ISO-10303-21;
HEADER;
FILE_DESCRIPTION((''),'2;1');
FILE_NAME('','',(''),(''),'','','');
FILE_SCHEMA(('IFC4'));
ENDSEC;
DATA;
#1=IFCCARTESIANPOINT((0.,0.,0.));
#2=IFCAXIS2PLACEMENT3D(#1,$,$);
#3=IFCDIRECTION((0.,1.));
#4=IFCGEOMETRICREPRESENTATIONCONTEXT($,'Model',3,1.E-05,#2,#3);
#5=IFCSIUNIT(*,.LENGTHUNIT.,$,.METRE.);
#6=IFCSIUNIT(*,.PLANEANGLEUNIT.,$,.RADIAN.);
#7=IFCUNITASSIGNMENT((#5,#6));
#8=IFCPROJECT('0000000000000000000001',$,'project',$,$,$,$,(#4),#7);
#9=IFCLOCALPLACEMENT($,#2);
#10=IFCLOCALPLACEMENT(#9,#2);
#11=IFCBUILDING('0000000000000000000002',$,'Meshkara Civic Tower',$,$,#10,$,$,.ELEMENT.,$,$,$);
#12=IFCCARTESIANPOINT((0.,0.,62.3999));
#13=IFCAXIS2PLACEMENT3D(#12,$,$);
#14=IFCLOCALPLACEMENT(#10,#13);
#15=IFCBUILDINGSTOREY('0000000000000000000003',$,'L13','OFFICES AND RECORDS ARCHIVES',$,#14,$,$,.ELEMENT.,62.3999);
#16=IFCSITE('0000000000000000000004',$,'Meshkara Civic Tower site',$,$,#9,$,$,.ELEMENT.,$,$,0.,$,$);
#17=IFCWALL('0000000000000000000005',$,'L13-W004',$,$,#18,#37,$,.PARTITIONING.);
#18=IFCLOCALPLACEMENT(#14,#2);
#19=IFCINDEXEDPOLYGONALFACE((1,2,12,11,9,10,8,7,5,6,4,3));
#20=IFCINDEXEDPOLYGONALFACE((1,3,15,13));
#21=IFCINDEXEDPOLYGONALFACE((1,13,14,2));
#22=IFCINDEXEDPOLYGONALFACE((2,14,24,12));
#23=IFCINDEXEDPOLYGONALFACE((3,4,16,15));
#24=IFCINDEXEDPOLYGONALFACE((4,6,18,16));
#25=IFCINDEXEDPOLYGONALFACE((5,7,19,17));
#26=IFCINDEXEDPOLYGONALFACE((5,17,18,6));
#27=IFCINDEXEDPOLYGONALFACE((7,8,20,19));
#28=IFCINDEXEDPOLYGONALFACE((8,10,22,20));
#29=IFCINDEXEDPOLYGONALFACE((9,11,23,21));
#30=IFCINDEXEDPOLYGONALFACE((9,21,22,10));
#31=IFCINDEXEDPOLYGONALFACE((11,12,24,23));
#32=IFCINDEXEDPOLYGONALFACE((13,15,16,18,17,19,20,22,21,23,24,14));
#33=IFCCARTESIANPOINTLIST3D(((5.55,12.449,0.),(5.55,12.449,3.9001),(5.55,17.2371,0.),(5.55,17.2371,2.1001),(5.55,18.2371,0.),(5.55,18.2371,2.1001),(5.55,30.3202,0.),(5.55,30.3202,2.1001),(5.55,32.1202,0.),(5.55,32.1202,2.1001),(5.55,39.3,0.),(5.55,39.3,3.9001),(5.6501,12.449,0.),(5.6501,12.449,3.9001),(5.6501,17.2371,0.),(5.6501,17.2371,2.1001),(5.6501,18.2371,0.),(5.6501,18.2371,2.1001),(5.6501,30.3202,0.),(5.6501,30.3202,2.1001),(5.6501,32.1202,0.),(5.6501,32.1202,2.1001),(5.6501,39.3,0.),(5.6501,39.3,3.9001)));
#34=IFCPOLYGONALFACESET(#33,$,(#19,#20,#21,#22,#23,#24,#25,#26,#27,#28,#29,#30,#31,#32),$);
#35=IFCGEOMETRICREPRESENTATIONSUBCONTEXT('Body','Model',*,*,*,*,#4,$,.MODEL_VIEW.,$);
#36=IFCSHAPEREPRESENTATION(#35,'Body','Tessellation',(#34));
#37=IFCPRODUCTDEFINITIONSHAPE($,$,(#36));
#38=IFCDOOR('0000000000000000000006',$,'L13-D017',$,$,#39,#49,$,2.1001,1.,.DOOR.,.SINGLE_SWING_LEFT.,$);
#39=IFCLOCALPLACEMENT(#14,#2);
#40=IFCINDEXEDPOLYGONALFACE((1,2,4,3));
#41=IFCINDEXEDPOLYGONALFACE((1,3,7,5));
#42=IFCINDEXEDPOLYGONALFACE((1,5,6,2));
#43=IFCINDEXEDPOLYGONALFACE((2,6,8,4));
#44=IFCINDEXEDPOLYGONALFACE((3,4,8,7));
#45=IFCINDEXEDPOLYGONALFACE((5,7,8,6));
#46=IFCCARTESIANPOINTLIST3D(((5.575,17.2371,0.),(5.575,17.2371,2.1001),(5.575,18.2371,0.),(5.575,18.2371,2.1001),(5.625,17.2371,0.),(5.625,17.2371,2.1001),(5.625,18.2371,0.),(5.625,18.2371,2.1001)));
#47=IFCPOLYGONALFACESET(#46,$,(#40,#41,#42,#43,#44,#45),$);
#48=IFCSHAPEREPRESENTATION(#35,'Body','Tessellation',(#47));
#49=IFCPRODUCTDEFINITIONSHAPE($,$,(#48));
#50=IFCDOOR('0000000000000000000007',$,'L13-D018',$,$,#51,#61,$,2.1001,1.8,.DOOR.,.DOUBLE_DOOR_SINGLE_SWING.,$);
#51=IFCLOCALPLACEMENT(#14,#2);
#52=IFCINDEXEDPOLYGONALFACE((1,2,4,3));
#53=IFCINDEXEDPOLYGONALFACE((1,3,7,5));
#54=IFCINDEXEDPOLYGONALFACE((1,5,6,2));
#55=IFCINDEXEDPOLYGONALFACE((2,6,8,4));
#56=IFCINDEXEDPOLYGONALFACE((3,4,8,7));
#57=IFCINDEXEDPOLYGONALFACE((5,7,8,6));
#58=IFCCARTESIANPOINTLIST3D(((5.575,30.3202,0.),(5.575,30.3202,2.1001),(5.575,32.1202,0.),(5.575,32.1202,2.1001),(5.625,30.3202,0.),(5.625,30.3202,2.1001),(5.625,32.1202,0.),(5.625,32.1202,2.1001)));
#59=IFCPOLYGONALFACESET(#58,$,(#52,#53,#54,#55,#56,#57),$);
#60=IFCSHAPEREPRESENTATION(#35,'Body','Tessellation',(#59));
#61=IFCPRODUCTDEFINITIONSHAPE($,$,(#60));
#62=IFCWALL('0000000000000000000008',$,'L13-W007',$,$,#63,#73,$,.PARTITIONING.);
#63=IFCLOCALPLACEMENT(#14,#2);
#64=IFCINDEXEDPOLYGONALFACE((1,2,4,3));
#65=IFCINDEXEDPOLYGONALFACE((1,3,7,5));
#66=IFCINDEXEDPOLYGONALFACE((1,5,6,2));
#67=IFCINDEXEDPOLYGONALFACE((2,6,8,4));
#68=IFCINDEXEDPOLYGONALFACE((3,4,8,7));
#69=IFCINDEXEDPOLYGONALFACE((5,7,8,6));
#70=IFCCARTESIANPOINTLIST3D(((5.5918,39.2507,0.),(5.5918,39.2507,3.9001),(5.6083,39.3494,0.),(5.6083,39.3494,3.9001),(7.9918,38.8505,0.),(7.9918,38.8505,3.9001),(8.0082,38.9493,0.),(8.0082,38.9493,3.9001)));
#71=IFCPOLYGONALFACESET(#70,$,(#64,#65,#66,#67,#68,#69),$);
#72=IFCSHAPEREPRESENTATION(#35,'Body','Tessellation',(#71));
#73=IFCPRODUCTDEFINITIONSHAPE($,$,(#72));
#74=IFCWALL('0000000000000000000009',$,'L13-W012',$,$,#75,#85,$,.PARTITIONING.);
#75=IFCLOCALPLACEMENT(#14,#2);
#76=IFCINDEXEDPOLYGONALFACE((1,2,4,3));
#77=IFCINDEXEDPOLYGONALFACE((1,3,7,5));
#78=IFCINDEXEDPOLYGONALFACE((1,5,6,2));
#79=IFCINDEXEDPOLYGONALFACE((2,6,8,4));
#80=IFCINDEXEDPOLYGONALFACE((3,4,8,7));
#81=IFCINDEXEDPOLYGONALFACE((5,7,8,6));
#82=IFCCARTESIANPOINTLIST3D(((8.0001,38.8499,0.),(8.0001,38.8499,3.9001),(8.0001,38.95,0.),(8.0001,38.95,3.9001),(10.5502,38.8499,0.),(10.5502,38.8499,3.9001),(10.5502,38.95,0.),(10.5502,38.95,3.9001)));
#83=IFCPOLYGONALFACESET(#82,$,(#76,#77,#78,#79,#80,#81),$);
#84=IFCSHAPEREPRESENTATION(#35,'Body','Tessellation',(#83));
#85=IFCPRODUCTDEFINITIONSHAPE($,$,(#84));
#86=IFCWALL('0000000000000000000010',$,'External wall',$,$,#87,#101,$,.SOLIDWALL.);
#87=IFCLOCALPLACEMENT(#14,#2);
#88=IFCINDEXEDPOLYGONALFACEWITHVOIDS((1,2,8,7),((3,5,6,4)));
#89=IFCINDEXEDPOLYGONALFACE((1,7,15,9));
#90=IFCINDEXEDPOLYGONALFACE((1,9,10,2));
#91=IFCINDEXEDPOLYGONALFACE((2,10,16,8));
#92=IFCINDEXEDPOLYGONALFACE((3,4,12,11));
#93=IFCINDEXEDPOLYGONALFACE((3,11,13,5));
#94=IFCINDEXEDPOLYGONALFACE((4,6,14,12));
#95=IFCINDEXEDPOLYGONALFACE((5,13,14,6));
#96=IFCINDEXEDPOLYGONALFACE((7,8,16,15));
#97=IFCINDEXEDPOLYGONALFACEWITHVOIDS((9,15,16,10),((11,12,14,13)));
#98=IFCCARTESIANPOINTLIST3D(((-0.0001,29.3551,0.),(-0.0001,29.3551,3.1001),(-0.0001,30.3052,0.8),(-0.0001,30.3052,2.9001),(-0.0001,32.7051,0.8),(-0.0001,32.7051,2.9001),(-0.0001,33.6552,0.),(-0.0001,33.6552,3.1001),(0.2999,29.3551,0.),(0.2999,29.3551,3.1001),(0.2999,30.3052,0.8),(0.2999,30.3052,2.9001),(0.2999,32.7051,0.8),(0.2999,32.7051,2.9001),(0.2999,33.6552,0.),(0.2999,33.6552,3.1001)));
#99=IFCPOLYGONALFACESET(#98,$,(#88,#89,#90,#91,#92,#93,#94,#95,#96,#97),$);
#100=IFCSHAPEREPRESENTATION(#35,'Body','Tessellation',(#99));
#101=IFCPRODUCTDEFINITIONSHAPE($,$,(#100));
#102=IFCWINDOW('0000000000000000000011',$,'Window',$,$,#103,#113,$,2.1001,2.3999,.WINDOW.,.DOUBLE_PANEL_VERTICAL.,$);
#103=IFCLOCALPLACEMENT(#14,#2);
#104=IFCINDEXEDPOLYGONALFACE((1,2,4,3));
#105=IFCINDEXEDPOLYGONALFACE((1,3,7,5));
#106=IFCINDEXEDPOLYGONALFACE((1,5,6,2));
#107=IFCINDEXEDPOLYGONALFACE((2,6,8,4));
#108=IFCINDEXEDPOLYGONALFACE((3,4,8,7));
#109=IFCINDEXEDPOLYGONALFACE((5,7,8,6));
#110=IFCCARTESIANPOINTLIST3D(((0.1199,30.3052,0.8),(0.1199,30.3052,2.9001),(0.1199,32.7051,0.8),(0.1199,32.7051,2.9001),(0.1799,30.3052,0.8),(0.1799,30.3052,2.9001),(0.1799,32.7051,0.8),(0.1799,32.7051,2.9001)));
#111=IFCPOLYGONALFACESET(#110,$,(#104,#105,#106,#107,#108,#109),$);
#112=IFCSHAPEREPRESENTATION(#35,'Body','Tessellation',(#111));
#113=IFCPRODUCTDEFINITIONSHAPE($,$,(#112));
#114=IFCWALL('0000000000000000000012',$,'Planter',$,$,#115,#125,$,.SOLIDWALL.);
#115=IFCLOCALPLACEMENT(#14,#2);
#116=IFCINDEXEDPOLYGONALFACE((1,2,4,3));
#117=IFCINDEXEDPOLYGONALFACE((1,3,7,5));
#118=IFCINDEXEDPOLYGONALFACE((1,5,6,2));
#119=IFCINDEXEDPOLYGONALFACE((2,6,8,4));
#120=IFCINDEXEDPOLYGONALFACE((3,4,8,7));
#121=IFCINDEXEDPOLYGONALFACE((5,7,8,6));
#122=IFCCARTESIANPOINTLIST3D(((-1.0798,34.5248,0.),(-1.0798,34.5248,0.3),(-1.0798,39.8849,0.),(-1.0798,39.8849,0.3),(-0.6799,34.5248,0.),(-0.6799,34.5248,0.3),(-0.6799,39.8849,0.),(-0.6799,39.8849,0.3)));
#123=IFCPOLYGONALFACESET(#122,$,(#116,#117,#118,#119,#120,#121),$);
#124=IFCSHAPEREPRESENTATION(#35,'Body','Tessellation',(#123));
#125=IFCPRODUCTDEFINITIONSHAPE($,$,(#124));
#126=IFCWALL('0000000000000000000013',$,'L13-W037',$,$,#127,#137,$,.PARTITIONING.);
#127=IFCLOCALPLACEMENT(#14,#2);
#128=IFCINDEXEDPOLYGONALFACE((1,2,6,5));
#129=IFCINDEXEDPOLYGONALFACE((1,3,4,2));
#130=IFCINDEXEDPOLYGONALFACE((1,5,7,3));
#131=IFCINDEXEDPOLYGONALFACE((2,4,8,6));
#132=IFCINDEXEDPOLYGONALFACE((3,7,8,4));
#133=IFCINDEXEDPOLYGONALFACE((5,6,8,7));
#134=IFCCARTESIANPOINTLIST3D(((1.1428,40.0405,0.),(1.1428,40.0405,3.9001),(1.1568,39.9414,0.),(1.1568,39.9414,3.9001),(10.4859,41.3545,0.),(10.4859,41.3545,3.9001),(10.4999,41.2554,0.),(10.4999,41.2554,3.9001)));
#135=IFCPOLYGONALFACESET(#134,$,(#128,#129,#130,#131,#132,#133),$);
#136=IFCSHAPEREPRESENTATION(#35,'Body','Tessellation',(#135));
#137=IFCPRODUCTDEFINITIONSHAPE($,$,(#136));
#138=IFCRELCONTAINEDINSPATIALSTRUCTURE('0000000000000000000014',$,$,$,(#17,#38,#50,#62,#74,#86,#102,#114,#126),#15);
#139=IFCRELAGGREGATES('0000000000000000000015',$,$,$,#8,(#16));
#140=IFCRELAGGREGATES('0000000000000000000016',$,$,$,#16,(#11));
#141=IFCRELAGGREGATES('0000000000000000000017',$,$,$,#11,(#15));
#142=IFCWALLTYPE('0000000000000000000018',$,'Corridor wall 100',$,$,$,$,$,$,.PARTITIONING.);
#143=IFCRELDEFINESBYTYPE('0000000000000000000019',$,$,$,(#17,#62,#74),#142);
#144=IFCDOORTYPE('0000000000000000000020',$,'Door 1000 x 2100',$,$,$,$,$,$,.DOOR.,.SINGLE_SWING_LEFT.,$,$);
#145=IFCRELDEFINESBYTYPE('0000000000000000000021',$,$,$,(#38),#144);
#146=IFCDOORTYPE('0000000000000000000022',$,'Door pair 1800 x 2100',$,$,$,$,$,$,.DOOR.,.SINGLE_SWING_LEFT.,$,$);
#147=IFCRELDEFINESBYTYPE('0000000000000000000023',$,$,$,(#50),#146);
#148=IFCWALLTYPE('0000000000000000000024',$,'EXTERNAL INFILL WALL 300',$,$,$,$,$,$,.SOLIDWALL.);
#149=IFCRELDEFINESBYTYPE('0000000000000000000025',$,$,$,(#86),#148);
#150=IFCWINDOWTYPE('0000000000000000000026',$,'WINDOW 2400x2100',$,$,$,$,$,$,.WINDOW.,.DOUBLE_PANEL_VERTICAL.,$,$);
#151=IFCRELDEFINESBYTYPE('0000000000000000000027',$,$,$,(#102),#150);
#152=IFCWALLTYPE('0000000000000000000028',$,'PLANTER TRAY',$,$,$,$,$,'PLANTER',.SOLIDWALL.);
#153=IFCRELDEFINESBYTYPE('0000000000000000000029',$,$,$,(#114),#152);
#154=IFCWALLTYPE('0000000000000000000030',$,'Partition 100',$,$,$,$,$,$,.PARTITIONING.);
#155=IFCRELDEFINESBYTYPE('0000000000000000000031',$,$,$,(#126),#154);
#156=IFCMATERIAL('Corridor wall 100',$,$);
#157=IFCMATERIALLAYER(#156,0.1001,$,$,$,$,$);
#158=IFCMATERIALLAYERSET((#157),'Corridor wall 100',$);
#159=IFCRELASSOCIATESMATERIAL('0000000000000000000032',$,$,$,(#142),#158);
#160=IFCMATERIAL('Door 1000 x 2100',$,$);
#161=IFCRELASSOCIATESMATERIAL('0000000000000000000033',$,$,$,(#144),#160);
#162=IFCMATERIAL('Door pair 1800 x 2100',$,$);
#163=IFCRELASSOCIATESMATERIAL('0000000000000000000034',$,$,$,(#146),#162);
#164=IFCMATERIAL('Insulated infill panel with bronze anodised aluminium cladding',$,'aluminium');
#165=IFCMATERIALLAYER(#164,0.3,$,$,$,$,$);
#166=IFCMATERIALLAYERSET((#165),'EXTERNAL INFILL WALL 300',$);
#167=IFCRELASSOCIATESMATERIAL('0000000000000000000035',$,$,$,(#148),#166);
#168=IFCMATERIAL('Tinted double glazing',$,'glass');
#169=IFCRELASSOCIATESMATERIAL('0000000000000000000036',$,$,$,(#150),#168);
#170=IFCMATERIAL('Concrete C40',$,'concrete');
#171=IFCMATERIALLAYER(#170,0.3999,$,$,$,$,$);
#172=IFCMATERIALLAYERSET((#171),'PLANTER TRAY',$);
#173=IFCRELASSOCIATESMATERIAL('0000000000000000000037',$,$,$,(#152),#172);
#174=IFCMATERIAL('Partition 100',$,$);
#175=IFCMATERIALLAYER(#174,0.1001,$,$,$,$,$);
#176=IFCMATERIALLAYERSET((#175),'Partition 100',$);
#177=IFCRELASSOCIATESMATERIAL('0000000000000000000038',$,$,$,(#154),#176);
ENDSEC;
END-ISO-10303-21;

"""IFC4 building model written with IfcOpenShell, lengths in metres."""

from ifc_helpers import new_model, si_unit, direction, frame, frame_2d, origin, place, context, subcontext, project, spatial, rectangle, extrude, material, layer, layer_set, type_object, element, fill, save


model = new_model("IFC4")

# Units and contexts
model_context = context("Model", 3, precision=1e-05, world=origin(), true_north=direction((0.0, 1.0)))
body_context = subcontext(model_context, "Body", "Model", "MODEL_VIEW")
ifc_project = project(units=[si_unit("LENGTHUNIT", "METRE"), si_unit("PLANEANGLEUNIT", "RADIAN")], contexts=[model_context])

# Site, building, storey
site_placement = place(None, origin())
site = spatial("IfcSite", under=ifc_project, at=site_placement, Name="Meshkara Civic Tower site", CompositionType="ELEMENT", RefElevation=0.0)
building_placement = place(site_placement, origin())
building = spatial("IfcBuilding", under=site, at=building_placement, Name="Meshkara Civic Tower", CompositionType="ELEMENT")
storey_placement = place(building_placement, frame((0.0, 0.0, 62.3999)))
storey = spatial("IfcBuildingStorey", under=building, at=storey_placement, Name="L13", Description="OFFICES AND RECORDS ARCHIVES", CompositionType="ELEMENT", Elevation=62.3999)

# Wall, openings, doors
ifc_material_1 = material(Name="Corridor wall 100")
ifc_layer_1 = layer(ifc_material_1, 0.1001)
ifc_layer_set_1 = layer_set([ifc_layer_1], Name="Corridor wall 100")
wall_type_1 = type_object("IfcWallType", Name="Corridor wall 100", PredefinedType="PARTITIONING", material=ifc_layer_set_1)
wall_1_placement = place(storey_placement, frame((5.6001, 39.3, 0.0), z_axis=(0.0, 0.0, 1.0), x_axis=(0.0, -1.0, 0.0)))
wall_1 = element("IfcWall", 1, at=wall_1_placement, inside=storey, type_object=wall_type_1, Name="L13-W004", PredefinedType="PARTITIONING", context=body_context, shape_type="SweptSolid", body=[
    extrude(rectangle(XDim=26.8511, YDim=0.1001, at=frame_2d((13.4255, 0.0))), origin(), (0.0, 0.0, 1.0), 3.9001),
])
opening_1_placement = place(wall_1_placement, frame((21.063, 0.0, 0.0)))
opening_1 = element("IfcOpeningElement", 2, at=opening_1_placement, cuts=wall_1, PredefinedType="OPENING", context=body_context, shape_type="SweptSolid", body=[
    extrude(rectangle(XDim=1.0, YDim=2.1001, at=frame_2d((0.5, 1.05))), frame((0.0, 0.0601, 0.0), z_axis=(0.0, -1.0, 0.0), x_axis=(1.0, 0.0, 0.0)), (0.0, 0.0, 1.0), 0.1201),
])
opening_2_placement = place(wall_1_placement, frame((7.1799, 0.0, 0.0)))
opening_2 = element("IfcOpeningElement", 3, at=opening_2_placement, cuts=wall_1, PredefinedType="OPENING", context=body_context, shape_type="SweptSolid", body=[
    extrude(rectangle(XDim=1.8, YDim=2.1001, at=frame_2d((0.8999, 1.05))), frame((0.0, 0.0601, 0.0), z_axis=(0.0, -1.0, 0.0), x_axis=(1.0, 0.0, 0.0)), (0.0, 0.0, 1.0), 0.1201),
])
ifc_material_2 = material(Name="Door 1000 x 2100")
door_type_1 = type_object("IfcDoorType", Name="Door 1000 x 2100", OperationType="SINGLE_SWING_LEFT", PredefinedType="DOOR", material=ifc_material_2)
door_1_placement = place(opening_1_placement, origin())
door_1 = element("IfcDoor", 4, at=door_1_placement, inside=storey, type_object=door_type_1, Name="L13-D017", OperationType="SINGLE_SWING_LEFT", OverallHeight=2.1001, OverallWidth=1.0, PredefinedType="DOOR", context=body_context, shape_type="SweptSolid", body=[
    extrude(rectangle(XDim=1.0, YDim=2.1001, at=frame_2d((0.5, 1.05))), frame((0.0, 0.0249, 0.0), z_axis=(0.0, -1.0, 0.0), x_axis=(1.0, 0.0, 0.0)), (0.0, 0.0, 1.0), 0.05),
])
fill(opening_1, door_1)
ifc_material_3 = material(Name="Door pair 1800 x 2100")
door_type_2 = type_object("IfcDoorType", Name="Door pair 1800 x 2100", OperationType="SINGLE_SWING_LEFT", PredefinedType="DOOR", material=ifc_material_3)
door_2_placement = place(opening_2_placement, origin())
door_2 = element("IfcDoor", 5, at=door_2_placement, inside=storey, type_object=door_type_2, Name="L13-D018", OperationType="DOUBLE_DOOR_SINGLE_SWING", OverallHeight=2.1001, OverallWidth=1.8, PredefinedType="DOOR", context=body_context, shape_type="SweptSolid", body=[
    extrude(rectangle(XDim=1.8, YDim=2.1001, at=frame_2d((0.8999, 1.05))), frame((0.0, 0.0249, 0.0), z_axis=(0.0, -1.0, 0.0), x_axis=(1.0, 0.0, 0.0)), (0.0, 0.0, 1.0), 0.05),
])
fill(opening_2, door_2)

# Walls
wall_2_placement = place(storey_placement, frame((8.0, 38.8999, 0.0), z_axis=(0.0, 0.0, 1.0), x_axis=(-0.986383, 0.164464, 0.0)))
element("IfcWall", 6, at=wall_2_placement, inside=storey, type_object=wall_type_1, Name="L13-W007", PredefinedType="PARTITIONING", context=body_context, shape_type="SweptSolid", body=[
    extrude(rectangle(XDim=2.4331, YDim=0.1001, at=frame_2d((1.2166, 0.0))), origin(), (0.0, 0.0, 1.0), 3.9001),
])
wall_3_placement = place(storey_placement, frame((10.55, 38.8999, 0.0), z_axis=(0.0, 0.0, 1.0), x_axis=(-1.0, 0.0, 0.0)))
element("IfcWall", 7, at=wall_3_placement, inside=storey, type_object=wall_type_1, Name="L13-W012", PredefinedType="PARTITIONING", context=body_context, shape_type="SweptSolid", body=[
    extrude(rectangle(XDim=2.55, YDim=0.1001, at=frame_2d((1.2749, 0.0))), origin(), (0.0, 0.0, 1.0), 3.9001),
])

# Wall, opening, window
ifc_material_4 = material(Name="Insulated infill panel with bronze anodised aluminium cladding", Category="aluminium")
ifc_layer_2 = layer(ifc_material_4, 0.3)
ifc_layer_set_2 = layer_set([ifc_layer_2], Name="EXTERNAL INFILL WALL 300")
wall_type_2 = type_object("IfcWallType", Name="EXTERNAL INFILL WALL 300", PredefinedType="SOLIDWALL", material=ifc_layer_set_2)
wall_4_placement = place(storey_placement, frame((0.1499, 33.655, 0.0), z_axis=(0.0, 0.0, 1.0), x_axis=(0.0, -1.0, 0.0)))
wall_4 = element("IfcWall", 8, at=wall_4_placement, inside=storey, type_object=wall_type_2, Name="External wall", PredefinedType="SOLIDWALL", context=body_context, shape_type="SweptSolid", body=[
    extrude(rectangle(XDim=4.3, YDim=0.3, at=frame_2d((2.1499, 0.0))), origin(), (0.0, 0.0, 1.0), 3.1001),
])
opening_3_placement = place(wall_4_placement, frame((0.95, 0.0, 0.8)))
opening_3 = element("IfcOpeningElement", 9, at=opening_3_placement, cuts=wall_4, PredefinedType="OPENING", context=body_context, shape_type="SweptSolid", body=[
    extrude(rectangle(XDim=2.3999, YDim=2.1001, at=frame_2d((1.2, 1.05))), frame((0.0, 0.1599, 0.0), z_axis=(0.0, -1.0, 0.0), x_axis=(1.0, 0.0, 0.0)), (0.0, 0.0, 1.0), 0.3201),
])
ifc_material_5 = material(Name="Tinted double glazing", Category="glass")
window_type = type_object("IfcWindowType", Name="WINDOW 2400x2100", PartitioningType="DOUBLE_PANEL_VERTICAL", PredefinedType="WINDOW", material=ifc_material_5)
window_placement = place(opening_3_placement, origin())
window = element("IfcWindow", 10, at=window_placement, inside=storey, type_object=window_type, Name="Window", OverallHeight=2.1001, OverallWidth=2.3999, PartitioningType="DOUBLE_PANEL_VERTICAL", PredefinedType="WINDOW", context=body_context, shape_type="SweptSolid", body=[
    extrude(rectangle(XDim=2.3999, YDim=2.1001, at=frame_2d((1.2, 1.05))), frame((0.0, 0.03, 0.0), z_axis=(0.0, -1.0, 0.0), x_axis=(1.0, 0.0, 0.0)), (0.0, 0.0, 1.0), 0.0601),
])
fill(opening_3, window)

# Walls
ifc_material_6 = material(Name="Concrete C40", Category="concrete")
ifc_layer_3 = layer(ifc_material_6, 0.3999)
ifc_layer_set_3 = layer_set([ifc_layer_3], Name="PLANTER TRAY")
wall_type_3 = type_object("IfcWallType", Name="PLANTER TRAY", ElementType="PLANTER", PredefinedType="SOLIDWALL", material=ifc_layer_set_3)
wall_5_placement = place(storey_placement, frame((-0.8799, 39.885, 0.0), z_axis=(0.0, 0.0, 1.0), x_axis=(0.0, -1.0, 0.0)))
element("IfcWall", 11, at=wall_5_placement, inside=storey, type_object=wall_type_3, Name="Planter", PredefinedType="SOLIDWALL", context=body_context, shape_type="SweptSolid", body=[
    extrude(rectangle(XDim=5.3601, YDim=0.3999, at=frame_2d((2.6802, 0.0))), origin(), (0.0, 0.0, 1.0), 0.3),
])
ifc_material_7 = material(Name="Partition 100")
ifc_layer_4 = layer(ifc_material_7, 0.1001)
ifc_layer_set_4 = layer_set([ifc_layer_4], Name="Partition 100")
wall_type_4 = type_object("IfcWallType", Name="Partition 100", PredefinedType="PARTITIONING", material=ifc_layer_set_4)
wall_6_placement = place(storey_placement, frame((10.4929, 41.3049, 0.0), z_axis=(0.0, 0.0, 1.0), x_axis=(-0.990255, -0.139266, 0.0)))
element("IfcWall", 12, at=wall_6_placement, inside=storey, type_object=wall_type_4, Name="L13-W037", PredefinedType="PARTITIONING", context=body_context, shape_type="SweptSolid", body=[
    extrude(rectangle(XDim=9.4351, YDim=0.1001, at=frame_2d((4.7175, 0.0))), origin(), (0.0, 0.0, 1.0), 3.9001),
])

save(model, "model.ifc")
